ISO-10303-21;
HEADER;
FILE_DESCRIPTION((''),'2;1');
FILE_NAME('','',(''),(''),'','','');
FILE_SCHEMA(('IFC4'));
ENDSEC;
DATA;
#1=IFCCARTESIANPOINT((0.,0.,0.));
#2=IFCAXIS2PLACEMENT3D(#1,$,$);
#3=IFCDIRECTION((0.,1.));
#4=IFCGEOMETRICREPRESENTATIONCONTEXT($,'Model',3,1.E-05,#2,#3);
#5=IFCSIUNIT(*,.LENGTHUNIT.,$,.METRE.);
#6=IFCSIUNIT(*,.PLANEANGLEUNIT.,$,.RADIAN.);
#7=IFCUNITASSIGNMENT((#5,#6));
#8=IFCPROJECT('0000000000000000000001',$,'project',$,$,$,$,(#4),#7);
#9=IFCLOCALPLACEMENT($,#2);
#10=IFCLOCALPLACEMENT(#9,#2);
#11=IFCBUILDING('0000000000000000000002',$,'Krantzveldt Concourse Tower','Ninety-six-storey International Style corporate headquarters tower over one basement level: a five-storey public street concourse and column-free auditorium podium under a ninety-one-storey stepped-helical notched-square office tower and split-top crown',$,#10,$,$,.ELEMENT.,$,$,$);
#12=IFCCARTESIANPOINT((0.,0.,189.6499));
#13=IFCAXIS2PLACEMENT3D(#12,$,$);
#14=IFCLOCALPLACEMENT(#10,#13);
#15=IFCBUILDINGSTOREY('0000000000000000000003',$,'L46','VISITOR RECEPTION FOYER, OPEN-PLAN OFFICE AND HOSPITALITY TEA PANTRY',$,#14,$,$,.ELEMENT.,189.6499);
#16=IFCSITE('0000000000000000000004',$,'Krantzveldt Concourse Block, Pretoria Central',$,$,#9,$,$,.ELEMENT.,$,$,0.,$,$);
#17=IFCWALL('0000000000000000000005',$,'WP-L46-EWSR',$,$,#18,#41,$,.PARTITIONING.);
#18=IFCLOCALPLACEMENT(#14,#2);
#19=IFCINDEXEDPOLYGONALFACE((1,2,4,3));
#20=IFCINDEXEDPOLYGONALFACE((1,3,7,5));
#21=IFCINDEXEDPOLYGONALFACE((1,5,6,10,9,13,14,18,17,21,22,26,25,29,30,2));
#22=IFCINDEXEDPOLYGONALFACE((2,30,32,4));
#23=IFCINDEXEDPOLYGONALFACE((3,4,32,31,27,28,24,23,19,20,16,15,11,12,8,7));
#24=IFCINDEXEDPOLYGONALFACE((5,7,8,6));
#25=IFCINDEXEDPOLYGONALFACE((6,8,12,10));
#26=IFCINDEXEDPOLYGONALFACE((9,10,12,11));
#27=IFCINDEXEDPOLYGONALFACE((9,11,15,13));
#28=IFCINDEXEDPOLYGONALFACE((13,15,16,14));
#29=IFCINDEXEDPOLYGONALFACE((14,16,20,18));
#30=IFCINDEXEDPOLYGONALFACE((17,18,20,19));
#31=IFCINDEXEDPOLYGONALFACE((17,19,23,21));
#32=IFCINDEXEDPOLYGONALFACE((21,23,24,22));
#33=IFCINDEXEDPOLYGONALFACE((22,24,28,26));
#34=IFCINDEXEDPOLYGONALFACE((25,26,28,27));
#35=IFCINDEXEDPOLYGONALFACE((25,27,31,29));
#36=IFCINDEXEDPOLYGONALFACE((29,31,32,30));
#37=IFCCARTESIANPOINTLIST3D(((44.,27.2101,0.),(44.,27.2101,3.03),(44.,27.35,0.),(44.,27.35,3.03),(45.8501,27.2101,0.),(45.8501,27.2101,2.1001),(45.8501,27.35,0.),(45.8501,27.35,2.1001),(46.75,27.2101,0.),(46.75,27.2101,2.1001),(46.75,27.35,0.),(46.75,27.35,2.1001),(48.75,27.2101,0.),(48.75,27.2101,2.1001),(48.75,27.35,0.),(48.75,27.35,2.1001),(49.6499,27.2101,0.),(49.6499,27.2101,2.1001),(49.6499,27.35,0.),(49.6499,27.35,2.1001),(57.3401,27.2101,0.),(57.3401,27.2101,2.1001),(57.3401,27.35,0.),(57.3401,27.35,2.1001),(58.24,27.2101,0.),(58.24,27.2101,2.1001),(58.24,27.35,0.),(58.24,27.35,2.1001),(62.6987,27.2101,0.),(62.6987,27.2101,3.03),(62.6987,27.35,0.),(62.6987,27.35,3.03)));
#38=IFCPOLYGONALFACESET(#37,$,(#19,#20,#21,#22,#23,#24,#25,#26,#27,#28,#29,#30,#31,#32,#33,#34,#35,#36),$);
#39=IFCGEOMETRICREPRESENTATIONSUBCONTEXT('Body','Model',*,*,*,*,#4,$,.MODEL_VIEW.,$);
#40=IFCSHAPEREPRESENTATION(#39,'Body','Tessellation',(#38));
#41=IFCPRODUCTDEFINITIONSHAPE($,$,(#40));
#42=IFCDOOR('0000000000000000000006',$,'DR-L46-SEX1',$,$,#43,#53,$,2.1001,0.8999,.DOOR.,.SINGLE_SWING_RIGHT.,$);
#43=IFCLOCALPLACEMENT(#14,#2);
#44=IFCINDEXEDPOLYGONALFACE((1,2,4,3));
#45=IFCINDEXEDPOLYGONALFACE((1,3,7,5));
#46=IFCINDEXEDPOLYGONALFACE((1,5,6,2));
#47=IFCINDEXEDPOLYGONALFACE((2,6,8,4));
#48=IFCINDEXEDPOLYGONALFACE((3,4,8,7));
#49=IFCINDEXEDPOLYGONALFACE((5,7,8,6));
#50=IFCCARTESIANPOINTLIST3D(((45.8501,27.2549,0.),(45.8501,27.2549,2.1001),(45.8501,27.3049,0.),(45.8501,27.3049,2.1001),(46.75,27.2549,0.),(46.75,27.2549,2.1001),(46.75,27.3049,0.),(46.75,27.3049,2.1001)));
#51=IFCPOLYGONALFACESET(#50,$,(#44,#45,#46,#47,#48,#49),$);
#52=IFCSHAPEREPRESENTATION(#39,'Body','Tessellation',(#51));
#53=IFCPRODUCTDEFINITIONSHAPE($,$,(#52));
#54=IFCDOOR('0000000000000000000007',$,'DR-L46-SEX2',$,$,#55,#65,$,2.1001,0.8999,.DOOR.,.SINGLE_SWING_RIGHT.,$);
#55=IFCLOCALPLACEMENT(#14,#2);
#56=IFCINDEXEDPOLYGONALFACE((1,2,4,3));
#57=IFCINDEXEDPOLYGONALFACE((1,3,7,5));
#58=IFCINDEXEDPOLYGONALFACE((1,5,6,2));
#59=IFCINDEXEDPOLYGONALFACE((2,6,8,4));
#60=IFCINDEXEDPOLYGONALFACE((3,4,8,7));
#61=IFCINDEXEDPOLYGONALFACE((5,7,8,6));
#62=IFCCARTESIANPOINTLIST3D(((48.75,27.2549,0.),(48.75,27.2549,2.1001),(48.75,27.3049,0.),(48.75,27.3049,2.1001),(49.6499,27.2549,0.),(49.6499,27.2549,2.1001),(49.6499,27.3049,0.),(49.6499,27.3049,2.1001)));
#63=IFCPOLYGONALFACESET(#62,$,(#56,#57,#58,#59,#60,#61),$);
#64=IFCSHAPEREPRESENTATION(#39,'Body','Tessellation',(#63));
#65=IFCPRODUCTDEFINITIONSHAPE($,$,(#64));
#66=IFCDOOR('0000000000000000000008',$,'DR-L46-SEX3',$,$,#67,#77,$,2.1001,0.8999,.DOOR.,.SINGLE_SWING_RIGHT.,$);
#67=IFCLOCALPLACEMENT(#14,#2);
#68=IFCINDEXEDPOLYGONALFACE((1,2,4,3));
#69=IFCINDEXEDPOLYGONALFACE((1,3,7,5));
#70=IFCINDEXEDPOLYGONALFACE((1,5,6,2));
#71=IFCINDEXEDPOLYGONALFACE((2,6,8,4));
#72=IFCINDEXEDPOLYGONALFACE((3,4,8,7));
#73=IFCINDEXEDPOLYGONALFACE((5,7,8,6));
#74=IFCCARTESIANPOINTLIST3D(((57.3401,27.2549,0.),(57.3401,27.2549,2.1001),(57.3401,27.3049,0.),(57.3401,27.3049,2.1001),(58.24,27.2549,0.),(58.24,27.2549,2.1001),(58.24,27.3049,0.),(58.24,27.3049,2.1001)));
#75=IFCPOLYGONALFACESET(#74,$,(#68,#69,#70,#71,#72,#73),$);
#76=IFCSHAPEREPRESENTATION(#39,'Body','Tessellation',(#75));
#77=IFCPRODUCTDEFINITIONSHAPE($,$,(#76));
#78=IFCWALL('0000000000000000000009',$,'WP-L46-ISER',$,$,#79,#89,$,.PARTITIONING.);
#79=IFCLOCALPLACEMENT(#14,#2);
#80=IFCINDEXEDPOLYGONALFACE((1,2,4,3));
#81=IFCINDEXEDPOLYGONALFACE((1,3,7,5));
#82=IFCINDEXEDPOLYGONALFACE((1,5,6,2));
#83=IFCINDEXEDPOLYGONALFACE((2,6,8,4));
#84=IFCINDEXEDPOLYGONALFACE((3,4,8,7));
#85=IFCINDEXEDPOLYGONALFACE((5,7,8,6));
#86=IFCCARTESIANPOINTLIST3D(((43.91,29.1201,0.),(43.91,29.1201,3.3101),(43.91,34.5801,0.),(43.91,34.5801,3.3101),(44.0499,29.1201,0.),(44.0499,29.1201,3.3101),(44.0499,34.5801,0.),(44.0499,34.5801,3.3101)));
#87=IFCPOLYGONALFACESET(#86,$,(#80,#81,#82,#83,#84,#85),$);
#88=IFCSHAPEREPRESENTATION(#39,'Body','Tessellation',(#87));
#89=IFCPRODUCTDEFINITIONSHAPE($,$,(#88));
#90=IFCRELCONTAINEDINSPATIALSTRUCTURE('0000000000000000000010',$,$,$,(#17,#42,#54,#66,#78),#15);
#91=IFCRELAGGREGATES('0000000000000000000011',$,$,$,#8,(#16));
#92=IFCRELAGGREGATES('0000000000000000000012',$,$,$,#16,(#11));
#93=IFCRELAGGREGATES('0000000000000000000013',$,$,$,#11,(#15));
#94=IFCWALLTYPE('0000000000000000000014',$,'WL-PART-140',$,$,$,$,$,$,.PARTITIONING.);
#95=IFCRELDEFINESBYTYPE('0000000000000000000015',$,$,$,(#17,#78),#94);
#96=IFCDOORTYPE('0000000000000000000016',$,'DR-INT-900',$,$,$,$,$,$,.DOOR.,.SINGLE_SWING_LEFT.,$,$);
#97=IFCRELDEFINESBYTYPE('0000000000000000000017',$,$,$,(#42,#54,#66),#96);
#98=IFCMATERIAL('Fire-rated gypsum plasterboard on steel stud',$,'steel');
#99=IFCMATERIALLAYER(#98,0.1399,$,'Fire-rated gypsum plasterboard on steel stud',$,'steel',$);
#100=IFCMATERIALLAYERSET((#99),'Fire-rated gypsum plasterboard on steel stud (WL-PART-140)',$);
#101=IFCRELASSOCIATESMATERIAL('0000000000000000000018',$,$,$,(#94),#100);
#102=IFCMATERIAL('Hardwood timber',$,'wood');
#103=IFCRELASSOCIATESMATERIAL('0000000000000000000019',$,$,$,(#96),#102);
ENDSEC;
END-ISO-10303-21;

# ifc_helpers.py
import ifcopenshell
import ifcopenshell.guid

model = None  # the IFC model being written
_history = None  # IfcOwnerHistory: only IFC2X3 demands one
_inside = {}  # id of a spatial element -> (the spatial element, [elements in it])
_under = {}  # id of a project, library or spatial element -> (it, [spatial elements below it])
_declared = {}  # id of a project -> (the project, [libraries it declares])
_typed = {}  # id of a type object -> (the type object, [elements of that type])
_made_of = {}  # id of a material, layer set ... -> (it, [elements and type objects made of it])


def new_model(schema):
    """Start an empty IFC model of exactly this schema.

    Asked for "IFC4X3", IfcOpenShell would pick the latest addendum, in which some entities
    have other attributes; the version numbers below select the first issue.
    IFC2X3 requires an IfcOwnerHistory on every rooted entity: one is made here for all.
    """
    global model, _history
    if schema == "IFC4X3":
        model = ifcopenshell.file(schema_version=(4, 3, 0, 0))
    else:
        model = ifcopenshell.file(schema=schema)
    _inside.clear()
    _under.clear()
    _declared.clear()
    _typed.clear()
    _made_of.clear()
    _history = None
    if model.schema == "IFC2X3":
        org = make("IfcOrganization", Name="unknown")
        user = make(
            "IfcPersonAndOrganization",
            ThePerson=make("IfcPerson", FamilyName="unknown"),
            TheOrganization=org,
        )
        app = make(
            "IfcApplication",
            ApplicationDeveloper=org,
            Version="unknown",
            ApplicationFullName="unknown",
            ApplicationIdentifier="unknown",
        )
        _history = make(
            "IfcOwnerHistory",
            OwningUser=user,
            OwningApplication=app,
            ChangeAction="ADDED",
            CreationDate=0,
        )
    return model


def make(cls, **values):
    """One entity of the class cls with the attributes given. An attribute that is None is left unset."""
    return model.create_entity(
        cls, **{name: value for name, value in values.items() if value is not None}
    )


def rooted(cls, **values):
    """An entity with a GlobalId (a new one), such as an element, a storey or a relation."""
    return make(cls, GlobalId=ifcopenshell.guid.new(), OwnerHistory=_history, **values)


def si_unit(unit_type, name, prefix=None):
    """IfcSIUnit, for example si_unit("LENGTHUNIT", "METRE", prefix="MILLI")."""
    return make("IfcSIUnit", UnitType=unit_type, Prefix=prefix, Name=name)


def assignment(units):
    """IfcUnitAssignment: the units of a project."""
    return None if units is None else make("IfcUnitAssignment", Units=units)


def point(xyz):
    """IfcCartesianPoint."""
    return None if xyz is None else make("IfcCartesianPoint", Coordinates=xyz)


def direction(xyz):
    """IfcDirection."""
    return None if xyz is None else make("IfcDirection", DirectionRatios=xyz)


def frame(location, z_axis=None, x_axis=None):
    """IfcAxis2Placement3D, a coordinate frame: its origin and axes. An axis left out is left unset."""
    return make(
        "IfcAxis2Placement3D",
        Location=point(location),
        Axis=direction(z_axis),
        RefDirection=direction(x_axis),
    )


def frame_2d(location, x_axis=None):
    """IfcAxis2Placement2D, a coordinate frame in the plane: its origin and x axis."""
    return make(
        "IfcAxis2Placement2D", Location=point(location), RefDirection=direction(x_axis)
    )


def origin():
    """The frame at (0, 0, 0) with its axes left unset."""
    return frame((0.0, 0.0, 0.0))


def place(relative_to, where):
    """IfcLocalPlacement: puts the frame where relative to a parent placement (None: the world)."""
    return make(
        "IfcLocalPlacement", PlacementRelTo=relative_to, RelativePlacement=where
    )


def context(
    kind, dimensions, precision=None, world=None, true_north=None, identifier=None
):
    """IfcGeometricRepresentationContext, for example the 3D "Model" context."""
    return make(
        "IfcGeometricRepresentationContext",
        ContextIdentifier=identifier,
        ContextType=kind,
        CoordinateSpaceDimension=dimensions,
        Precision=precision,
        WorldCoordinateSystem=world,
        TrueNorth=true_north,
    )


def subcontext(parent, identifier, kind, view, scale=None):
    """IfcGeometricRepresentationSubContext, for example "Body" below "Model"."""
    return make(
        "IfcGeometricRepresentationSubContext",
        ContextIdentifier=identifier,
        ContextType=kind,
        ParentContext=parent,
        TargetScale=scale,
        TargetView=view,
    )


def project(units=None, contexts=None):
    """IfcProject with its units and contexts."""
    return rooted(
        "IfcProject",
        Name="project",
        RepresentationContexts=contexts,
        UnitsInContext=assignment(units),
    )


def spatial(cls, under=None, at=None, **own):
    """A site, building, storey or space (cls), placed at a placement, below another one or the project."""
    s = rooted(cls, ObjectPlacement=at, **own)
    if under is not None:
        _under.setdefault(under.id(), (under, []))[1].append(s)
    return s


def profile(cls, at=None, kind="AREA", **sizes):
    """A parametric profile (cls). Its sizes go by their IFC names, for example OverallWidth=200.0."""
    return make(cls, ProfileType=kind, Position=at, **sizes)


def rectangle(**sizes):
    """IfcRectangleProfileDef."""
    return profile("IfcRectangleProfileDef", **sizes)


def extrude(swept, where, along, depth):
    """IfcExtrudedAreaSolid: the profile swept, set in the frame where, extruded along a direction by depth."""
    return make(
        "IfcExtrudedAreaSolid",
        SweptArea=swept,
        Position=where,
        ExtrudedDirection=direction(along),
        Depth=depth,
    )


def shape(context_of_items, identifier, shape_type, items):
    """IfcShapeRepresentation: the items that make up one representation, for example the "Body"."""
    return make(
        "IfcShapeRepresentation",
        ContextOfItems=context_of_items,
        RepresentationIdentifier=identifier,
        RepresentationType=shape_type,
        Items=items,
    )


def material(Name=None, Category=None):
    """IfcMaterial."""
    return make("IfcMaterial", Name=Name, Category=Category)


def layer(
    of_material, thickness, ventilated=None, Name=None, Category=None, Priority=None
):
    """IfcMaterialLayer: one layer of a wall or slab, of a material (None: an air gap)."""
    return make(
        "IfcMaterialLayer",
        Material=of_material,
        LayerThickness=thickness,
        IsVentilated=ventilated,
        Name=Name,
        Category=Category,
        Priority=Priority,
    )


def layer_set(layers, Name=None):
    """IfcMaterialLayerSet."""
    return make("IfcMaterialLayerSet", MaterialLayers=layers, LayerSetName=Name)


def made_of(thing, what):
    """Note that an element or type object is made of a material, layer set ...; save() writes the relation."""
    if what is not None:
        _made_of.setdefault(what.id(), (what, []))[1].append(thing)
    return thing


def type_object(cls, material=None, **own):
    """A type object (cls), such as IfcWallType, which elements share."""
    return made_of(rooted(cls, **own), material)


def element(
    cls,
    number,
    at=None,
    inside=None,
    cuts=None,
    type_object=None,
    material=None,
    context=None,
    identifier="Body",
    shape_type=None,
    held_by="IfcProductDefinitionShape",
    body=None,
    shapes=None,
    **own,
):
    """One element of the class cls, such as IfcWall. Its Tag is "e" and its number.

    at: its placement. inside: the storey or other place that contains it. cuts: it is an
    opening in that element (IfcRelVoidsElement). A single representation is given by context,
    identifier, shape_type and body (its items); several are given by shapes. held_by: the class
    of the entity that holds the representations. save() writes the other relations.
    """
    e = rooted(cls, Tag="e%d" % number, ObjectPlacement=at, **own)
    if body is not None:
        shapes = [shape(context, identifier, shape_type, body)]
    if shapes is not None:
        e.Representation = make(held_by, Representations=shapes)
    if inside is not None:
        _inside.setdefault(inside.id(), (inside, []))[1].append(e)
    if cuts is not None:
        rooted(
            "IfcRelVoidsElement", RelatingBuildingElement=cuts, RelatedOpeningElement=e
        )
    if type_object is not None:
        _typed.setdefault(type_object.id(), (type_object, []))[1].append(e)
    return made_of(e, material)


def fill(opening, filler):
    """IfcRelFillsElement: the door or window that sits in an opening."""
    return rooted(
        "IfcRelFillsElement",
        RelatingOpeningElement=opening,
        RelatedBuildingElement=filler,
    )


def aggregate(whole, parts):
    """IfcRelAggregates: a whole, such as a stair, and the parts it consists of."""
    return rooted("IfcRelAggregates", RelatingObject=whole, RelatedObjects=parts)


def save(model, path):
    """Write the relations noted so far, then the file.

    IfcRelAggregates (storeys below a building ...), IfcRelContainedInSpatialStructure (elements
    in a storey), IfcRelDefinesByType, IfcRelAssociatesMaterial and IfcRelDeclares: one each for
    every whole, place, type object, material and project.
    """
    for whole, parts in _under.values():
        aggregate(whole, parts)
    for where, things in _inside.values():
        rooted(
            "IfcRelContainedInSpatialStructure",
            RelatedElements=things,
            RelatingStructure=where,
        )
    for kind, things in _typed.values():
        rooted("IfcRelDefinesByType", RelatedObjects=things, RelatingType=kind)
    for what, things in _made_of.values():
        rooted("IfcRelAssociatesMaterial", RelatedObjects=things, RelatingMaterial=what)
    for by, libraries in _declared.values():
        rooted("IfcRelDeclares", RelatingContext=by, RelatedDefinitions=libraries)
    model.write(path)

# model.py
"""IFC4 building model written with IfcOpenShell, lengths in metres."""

from ifc_helpers import new_model, si_unit, direction, frame, frame_2d, origin, place, context, subcontext, project, spatial, rectangle, extrude, material, layer, layer_set, type_object, element, fill, save


model = new_model("IFC4")

# Units and contexts
model_context = context("Model", 3, precision=1e-05, world=origin(), true_north=direction((0.0, 1.0)))
body_context = subcontext(model_context, "Body", "Model", "MODEL_VIEW")
ifc_project = project(units=[si_unit("LENGTHUNIT", "METRE"), si_unit("PLANEANGLEUNIT", "RADIAN")], contexts=[model_context])

# Site, building, storey
site_placement = place(None, origin())
site = spatial("IfcSite", under=ifc_project, at=site_placement, Name="Krantzveldt Concourse Block, Pretoria Central", CompositionType="ELEMENT", RefElevation=0.0)
building_placement = place(site_placement, origin())
building = spatial("IfcBuilding", under=site, at=building_placement, Name="Krantzveldt Concourse Tower", Description="Ninety-six-storey International Style corporate headquarters tower over one basement level: a five-storey public street concourse and column-free auditorium podium under a ninety-one-storey stepped-helical notched-square office tower and split-top crown", CompositionType="ELEMENT")
storey_placement = place(building_placement, frame((0.0, 0.0, 189.6499)))
storey = spatial("IfcBuildingStorey", under=building, at=storey_placement, Name="L46", Description="VISITOR RECEPTION FOYER, OPEN-PLAN OFFICE AND HOSPITALITY TEA PANTRY", CompositionType="ELEMENT", Elevation=189.6499)

# Wall, openings, doors
ifc_material_1 = material(Name="Fire-rated gypsum plasterboard on steel stud", Category="steel")
ifc_layer = layer(ifc_material_1, 0.1399, Name="Fire-rated gypsum plasterboard on steel stud", Category="steel")
ifc_layer_set = layer_set([ifc_layer], Name="Fire-rated gypsum plasterboard on steel stud (WL-PART-140)")
wall_type = type_object("IfcWallType", Name="WL-PART-140", PredefinedType="PARTITIONING", material=ifc_layer_set)
ifc_material_2 = material(Name="Hardwood timber", Category="wood")
door_type_1 = type_object("IfcDoorType", Name="DR-INT-900", OperationType="SINGLE_SWING_LEFT", PredefinedType="DOOR", material=ifc_material_2)
wall_1_placement = place(storey_placement, frame((44.0, 27.28, 0.0), z_axis=(0.0, 0.0, 1.0), x_axis=(1.0, 0.0, 0.0)))
wall_1 = element("IfcWall", 1, at=wall_1_placement, inside=storey, type_object=wall_type, Name="WP-L46-EWSR", PredefinedType="PARTITIONING", context=body_context, shape_type="SweptSolid", body=[
    extrude(rectangle(XDim=18.6987, YDim=0.1399, at=frame_2d((9.3494, 0.0))), origin(), (0.0, 0.0, 1.0), 3.03),
])
opening_1_placement = place(wall_1_placement, frame((1.8501, 0.0, 0.0)))
opening_1 = element("IfcOpeningElement", 2, at=opening_1_placement, cuts=wall_1, PredefinedType="OPENING", context=body_context, shape_type="SweptSolid", body=[
    extrude(rectangle(XDim=0.8999, YDim=2.1001, at=frame_2d((0.45, 1.05))), frame((0.0, 0.0801, 0.0), z_axis=(0.0, -1.0, 0.0), x_axis=(1.0, 0.0, 0.0)), (0.0, 0.0, 1.0), 0.1599),
])
opening_2_placement = place(wall_1_placement, frame((4.75, 0.0, 0.0)))
opening_2 = element("IfcOpeningElement", 3, at=opening_2_placement, cuts=wall_1, PredefinedType="OPENING", context=body_context, shape_type="SweptSolid", body=[
    extrude(rectangle(XDim=0.8999, YDim=2.1001, at=frame_2d((0.45, 1.05))), frame((0.0, 0.0801, 0.0), z_axis=(0.0, -1.0, 0.0), x_axis=(1.0, 0.0, 0.0)), (0.0, 0.0, 1.0), 0.1599),
])
opening_3_placement = place(wall_1_placement, frame((13.3401, 0.0, 0.0)))
opening_3 = element("IfcOpeningElement", 4, at=opening_3_placement, cuts=wall_1, PredefinedType="OPENING", context=body_context, shape_type="SweptSolid", body=[
    extrude(rectangle(XDim=0.8999, YDim=2.1001, at=frame_2d((0.45, 1.05))), frame((0.0, 0.0801, 0.0), z_axis=(0.0, -1.0, 0.0), x_axis=(1.0, 0.0, 0.0)), (0.0, 0.0, 1.0), 0.1599),
])
door_1_placement = place(opening_1_placement, origin())
door_1 = element("IfcDoor", 5, at=door_1_placement, inside=storey, type_object=door_type_1, Name="DR-L46-SEX1", OperationType="SINGLE_SWING_RIGHT", OverallHeight=2.1001, OverallWidth=0.8999, PredefinedType="DOOR", context=body_context, shape_type="SweptSolid", body=[
    extrude(rectangle(XDim=0.8999, YDim=2.1001, at=frame_2d((0.45, 1.05))), frame((0.0, 0.0249, 0.0), z_axis=(0.0, -1.0, 0.0), x_axis=(1.0, 0.0, 0.0)), (0.0, 0.0, 1.0), 0.05),
])
fill(opening_1, door_1)
door_2_placement = place(opening_2_placement, origin())
door_2 = element("IfcDoor", 6, at=door_2_placement, inside=storey, type_object=door_type_1, Name="DR-L46-SEX2", OperationType="SINGLE_SWING_RIGHT", OverallHeight=2.1001, OverallWidth=0.8999, PredefinedType="DOOR", context=body_context, shape_type="SweptSolid", body=[
    extrude(rectangle(XDim=0.8999, YDim=2.1001, at=frame_2d((0.45, 1.05))), frame((0.0, 0.0249, 0.0), z_axis=(0.0, -1.0, 0.0), x_axis=(1.0, 0.0, 0.0)), (0.0, 0.0, 1.0), 0.05),
])
fill(opening_2, door_2)
door_3_placement = place(opening_3_placement, origin())
door_3 = element("IfcDoor", 7, at=door_3_placement, inside=storey, type_object=door_type_1, Name="DR-L46-SEX3", OperationType="SINGLE_SWING_RIGHT", OverallHeight=2.1001, OverallWidth=0.8999, PredefinedType="DOOR", context=body_context, shape_type="SweptSolid", body=[
    extrude(rectangle(XDim=0.8999, YDim=2.1001, at=frame_2d((0.45, 1.05))), frame((0.0, 0.0249, 0.0), z_axis=(0.0, -1.0, 0.0), x_axis=(1.0, 0.0, 0.0)), (0.0, 0.0, 1.0), 0.05),
])
fill(opening_3, door_3)

# Wall
wall_2_placement = place(storey_placement, frame((43.98, 29.1201, 0.0), z_axis=(0.0, 0.0, 1.0), x_axis=(0.0, 1.0, 0.0)))
element("IfcWall", 8, at=wall_2_placement, inside=storey, type_object=wall_type, Name="WP-L46-ISER", PredefinedType="PARTITIONING", context=body_context, shape_type="SweptSolid", body=[
    extrude(rectangle(XDim=5.46, YDim=0.1399, at=frame_2d((2.73, 0.0))), origin(), (0.0, 0.0, 1.0), 3.3101),
])

save(model, "model.ifc")
